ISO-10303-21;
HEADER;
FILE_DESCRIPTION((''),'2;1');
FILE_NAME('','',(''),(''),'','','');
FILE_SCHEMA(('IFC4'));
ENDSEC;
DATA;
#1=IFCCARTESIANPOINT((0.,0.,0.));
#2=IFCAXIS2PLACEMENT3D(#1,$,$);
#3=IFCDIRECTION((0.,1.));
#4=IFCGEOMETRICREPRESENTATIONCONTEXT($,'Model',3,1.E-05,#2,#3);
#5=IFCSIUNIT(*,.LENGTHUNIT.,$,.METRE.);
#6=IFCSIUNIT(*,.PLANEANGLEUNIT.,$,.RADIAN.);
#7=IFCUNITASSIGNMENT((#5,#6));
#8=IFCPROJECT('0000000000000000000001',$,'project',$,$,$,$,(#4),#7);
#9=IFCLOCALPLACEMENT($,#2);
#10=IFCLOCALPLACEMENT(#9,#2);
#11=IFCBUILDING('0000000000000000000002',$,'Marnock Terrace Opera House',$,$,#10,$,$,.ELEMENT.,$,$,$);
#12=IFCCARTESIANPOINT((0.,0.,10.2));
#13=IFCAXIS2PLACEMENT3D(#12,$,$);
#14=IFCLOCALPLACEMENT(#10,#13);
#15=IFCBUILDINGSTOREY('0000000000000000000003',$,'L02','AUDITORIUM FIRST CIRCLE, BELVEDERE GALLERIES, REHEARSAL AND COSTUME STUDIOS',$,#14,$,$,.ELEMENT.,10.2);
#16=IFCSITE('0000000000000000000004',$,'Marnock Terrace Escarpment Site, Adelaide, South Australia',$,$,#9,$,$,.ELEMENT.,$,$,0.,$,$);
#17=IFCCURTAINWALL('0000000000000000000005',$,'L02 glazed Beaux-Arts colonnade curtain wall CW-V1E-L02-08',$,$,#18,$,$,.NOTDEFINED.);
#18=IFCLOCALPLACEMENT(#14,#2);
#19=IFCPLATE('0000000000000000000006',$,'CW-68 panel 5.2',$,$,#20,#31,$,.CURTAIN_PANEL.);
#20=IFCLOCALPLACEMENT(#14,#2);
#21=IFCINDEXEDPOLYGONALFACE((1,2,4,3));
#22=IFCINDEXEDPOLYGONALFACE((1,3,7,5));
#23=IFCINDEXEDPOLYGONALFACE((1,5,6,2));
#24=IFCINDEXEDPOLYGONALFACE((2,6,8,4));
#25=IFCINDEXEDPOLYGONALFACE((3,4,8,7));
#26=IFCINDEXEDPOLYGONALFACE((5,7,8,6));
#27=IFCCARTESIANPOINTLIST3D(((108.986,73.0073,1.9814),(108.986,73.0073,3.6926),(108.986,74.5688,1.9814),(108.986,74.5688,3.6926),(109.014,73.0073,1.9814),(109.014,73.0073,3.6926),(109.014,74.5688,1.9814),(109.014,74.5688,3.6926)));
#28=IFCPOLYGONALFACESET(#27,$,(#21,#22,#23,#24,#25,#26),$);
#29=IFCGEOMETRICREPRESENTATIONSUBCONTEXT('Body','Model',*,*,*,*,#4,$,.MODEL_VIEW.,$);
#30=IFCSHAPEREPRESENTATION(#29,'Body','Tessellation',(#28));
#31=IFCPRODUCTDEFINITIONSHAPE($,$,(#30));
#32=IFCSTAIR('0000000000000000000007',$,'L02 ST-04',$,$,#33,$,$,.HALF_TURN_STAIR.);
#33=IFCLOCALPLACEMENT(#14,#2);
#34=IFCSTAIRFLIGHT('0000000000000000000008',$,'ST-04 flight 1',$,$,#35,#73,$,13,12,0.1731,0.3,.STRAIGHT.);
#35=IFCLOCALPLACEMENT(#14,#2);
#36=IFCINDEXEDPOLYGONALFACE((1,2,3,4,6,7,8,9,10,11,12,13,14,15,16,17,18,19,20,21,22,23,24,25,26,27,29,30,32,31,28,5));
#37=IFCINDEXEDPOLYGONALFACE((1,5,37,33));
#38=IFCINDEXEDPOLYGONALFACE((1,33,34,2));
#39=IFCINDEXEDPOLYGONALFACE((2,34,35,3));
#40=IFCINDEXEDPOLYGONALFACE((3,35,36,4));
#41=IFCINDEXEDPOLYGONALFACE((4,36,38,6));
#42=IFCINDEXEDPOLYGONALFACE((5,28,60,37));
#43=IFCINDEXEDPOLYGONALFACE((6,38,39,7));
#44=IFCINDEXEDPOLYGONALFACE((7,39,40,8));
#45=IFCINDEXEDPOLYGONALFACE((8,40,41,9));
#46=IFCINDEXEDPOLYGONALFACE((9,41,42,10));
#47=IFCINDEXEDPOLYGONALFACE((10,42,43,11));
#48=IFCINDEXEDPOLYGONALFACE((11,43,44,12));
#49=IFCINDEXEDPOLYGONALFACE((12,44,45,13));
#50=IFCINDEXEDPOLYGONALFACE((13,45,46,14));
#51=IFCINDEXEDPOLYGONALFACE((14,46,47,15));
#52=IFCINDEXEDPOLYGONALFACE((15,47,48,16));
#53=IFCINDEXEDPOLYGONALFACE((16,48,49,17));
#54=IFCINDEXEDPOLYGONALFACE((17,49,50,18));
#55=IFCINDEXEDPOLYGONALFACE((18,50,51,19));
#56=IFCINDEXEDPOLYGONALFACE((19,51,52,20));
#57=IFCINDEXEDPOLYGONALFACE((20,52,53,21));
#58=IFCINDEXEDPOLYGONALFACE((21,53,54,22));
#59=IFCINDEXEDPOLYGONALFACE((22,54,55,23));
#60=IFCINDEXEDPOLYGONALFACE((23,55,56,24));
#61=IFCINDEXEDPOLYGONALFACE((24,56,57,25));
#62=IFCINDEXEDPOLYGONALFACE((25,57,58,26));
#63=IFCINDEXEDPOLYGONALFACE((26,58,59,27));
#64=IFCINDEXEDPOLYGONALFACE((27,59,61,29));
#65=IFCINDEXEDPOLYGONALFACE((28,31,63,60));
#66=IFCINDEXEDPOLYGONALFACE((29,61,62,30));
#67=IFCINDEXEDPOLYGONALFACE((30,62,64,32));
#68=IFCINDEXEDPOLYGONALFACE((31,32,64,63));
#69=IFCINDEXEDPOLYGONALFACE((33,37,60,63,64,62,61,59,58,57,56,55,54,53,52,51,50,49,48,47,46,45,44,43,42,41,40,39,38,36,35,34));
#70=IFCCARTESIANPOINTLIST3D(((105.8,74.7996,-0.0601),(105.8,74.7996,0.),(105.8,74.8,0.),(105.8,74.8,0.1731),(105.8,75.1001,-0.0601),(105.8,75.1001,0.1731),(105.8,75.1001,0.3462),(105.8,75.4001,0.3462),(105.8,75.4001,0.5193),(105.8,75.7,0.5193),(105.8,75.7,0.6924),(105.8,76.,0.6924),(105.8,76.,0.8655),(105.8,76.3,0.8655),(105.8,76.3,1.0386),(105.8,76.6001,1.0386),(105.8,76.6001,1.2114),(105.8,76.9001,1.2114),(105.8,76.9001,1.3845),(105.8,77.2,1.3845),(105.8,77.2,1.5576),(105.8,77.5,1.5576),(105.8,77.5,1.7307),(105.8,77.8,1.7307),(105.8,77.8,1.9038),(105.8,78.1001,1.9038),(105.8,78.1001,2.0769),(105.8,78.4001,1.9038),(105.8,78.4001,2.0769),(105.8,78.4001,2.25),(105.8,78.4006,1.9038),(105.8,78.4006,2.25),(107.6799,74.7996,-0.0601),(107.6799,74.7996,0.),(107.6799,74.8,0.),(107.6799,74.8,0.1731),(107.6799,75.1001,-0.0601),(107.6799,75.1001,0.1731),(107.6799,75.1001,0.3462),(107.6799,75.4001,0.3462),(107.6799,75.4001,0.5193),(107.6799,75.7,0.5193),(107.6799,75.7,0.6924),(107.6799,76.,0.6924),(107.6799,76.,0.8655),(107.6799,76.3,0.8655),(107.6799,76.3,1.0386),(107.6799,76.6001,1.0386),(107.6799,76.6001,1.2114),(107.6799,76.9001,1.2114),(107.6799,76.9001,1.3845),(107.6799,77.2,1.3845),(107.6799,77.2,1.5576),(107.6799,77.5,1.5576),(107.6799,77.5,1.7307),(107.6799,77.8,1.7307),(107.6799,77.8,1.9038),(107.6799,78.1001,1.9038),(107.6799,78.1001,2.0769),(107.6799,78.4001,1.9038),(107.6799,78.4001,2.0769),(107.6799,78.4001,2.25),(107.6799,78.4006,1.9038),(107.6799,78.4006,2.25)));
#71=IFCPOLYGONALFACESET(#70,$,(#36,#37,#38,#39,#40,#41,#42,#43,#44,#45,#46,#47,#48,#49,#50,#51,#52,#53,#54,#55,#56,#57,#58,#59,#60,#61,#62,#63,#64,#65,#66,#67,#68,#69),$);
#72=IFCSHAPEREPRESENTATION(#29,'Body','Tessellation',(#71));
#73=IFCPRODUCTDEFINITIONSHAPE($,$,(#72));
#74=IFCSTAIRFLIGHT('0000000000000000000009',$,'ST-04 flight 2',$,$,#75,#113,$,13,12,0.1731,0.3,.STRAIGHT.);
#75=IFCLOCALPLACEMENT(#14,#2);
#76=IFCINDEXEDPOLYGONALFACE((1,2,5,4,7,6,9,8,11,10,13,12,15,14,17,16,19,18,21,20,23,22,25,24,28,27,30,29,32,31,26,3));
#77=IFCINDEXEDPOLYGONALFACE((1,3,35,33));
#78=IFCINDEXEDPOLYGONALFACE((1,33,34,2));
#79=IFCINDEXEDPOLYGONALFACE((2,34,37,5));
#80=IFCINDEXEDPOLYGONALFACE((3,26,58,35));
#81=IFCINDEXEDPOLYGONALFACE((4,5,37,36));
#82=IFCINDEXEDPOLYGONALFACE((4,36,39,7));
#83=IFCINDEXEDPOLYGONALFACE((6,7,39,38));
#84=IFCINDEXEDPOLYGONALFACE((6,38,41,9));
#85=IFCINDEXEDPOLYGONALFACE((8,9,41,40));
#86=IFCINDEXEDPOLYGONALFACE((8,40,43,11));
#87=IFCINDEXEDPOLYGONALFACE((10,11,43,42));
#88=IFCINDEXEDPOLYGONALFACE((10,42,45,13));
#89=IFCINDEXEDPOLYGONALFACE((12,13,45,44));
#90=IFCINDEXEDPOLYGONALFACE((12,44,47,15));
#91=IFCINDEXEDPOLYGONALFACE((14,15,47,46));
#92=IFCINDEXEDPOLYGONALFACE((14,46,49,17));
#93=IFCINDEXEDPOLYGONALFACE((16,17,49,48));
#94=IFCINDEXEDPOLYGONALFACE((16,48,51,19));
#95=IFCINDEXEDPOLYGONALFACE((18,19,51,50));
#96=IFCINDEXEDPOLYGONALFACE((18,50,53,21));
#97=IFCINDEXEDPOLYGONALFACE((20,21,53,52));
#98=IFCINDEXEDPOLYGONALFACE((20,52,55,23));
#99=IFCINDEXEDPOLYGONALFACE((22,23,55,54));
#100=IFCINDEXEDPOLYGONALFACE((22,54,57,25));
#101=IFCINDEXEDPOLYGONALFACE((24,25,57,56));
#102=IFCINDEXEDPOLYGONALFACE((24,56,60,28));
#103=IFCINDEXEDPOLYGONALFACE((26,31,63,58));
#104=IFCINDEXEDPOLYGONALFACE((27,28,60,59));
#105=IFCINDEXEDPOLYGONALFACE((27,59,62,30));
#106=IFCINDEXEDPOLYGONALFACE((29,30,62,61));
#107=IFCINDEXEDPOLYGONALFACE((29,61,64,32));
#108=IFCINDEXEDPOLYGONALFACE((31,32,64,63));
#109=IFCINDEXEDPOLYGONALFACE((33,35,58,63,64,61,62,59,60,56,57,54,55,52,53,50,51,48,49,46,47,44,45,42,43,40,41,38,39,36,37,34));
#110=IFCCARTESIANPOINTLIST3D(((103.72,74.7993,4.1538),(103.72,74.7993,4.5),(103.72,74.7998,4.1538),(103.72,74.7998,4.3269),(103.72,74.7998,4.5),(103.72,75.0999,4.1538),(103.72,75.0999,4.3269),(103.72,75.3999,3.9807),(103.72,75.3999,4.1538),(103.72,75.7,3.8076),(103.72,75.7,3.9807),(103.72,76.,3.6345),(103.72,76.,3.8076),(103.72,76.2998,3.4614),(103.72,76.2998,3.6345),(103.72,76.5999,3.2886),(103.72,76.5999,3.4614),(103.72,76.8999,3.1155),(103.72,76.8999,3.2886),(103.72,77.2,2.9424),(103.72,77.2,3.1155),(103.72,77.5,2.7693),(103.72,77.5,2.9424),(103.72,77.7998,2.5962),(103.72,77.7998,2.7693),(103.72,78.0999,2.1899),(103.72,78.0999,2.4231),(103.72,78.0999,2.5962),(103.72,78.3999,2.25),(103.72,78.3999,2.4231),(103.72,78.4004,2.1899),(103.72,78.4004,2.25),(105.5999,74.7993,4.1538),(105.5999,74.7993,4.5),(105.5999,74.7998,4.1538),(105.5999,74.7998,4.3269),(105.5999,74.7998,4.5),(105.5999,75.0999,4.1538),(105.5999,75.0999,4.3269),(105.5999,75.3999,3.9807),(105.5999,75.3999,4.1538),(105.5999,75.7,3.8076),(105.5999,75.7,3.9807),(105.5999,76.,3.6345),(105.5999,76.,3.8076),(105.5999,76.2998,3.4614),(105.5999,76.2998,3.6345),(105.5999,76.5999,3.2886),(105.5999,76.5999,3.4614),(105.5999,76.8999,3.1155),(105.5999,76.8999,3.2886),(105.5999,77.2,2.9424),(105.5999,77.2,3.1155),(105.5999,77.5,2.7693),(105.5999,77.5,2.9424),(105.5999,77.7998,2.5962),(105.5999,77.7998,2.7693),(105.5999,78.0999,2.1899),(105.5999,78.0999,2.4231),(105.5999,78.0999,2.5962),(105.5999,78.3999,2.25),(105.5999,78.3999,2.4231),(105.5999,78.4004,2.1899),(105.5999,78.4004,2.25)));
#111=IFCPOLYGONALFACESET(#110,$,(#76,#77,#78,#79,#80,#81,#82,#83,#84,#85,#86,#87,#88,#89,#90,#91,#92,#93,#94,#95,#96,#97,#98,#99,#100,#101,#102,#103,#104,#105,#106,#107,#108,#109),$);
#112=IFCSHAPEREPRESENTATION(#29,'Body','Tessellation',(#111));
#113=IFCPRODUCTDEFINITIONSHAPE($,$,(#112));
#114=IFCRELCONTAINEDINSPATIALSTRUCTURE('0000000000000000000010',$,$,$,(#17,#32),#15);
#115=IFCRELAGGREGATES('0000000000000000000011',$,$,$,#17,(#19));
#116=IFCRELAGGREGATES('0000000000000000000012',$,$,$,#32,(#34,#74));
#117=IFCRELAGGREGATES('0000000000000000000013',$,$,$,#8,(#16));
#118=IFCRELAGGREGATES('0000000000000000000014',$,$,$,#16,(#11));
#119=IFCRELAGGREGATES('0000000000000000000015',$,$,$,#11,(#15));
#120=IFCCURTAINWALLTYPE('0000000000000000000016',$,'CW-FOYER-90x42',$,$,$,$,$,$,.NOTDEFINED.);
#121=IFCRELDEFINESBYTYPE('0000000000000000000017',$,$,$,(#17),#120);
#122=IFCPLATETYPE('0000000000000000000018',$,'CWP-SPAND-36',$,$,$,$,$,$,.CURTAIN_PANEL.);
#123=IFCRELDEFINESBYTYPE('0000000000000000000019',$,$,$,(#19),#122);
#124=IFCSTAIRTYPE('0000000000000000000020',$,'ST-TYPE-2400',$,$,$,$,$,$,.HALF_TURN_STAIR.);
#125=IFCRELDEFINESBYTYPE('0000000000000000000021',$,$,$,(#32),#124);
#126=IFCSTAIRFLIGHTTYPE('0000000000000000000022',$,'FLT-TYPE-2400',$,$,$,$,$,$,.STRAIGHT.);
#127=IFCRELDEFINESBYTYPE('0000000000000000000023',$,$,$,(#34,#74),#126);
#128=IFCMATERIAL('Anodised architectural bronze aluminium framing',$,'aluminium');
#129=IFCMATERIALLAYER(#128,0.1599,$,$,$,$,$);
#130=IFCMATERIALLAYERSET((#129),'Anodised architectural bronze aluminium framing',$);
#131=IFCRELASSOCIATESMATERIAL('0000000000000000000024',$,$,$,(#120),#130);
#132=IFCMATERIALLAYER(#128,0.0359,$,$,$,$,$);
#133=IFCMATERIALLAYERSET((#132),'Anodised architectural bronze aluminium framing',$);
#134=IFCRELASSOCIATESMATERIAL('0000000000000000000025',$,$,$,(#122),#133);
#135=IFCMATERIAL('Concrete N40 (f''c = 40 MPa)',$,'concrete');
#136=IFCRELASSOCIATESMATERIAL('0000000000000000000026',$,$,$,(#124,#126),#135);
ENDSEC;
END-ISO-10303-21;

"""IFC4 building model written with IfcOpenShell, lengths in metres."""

from ifc_helpers import new_model, si_unit, direction, frame, origin, origin_2d, place, context, subcontext, project, spatial, polyline, rectangle, outline, extrude, material, layer, layer_set, type_object, element, aggregate, save


model = new_model("IFC4")

# Units and contexts
model_context = context("Model", 3, precision=1e-05, world=origin(), true_north=direction((0.0, 1.0)))
body_context = subcontext(model_context, "Body", "Model", "MODEL_VIEW")
ifc_project = project(units=[si_unit("LENGTHUNIT", "METRE"), si_unit("PLANEANGLEUNIT", "RADIAN")], contexts=[model_context])

# Site, building, storey
site_placement = place(None, origin())
site = spatial("IfcSite", under=ifc_project, at=site_placement, Name="Marnock Terrace Escarpment Site, Adelaide, South Australia", CompositionType="ELEMENT", RefElevation=0.0)
building_placement = place(site_placement, origin())
building = spatial("IfcBuilding", under=site, at=building_placement, Name="Marnock Terrace Opera House", CompositionType="ELEMENT")
storey_placement = place(building_placement, frame((0.0, 0.0, 10.2)))
storey = spatial("IfcBuildingStorey", under=building, at=storey_placement, Name="L02", Description="AUDITORIUM FIRST CIRCLE, BELVEDERE GALLERIES, REHEARSAL AND COSTUME STUDIOS", CompositionType="ELEMENT", Elevation=10.2)

# Curtain wall
ifc_material_1 = material(Name="Anodised architectural bronze aluminium framing", Category="aluminium")
ifc_layer_1 = layer(ifc_material_1, 0.1599)
ifc_layer_set_1 = layer_set([ifc_layer_1], Name="Anodised architectural bronze aluminium framing")
curtain_wall_type = type_object("IfcCurtainWallType", Name="CW-FOYER-90x42", PredefinedType="NOTDEFINED", material=ifc_layer_set_1)
curtain_wall_1_placement = place(storey_placement, origin())
curtain_wall_1 = element("IfcCurtainWall", 1, at=curtain_wall_1_placement, inside=storey, type_object=curtain_wall_type, Name="L02 glazed Beaux-Arts colonnade curtain wall CW-V1E-L02-08", PredefinedType="NOTDEFINED")

# Plate
ifc_layer_2 = layer(ifc_material_1, 0.0359)
ifc_layer_set_2 = layer_set([ifc_layer_2], Name="Anodised architectural bronze aluminium framing")
plate_type_1 = type_object("IfcPlateType", Name="CWP-SPAND-36", PredefinedType="CURTAIN_PANEL", material=ifc_layer_set_2)
plate_1_placement = place(storey_placement, frame((109.0, 73.7881, 1.9814), z_axis=(0.0, 0.0, 1.0), x_axis=(0.0, 1.0, 0.0)))
plate_1 = element("IfcPlate", 2, at=plate_1_placement, type_object=plate_type_1, Name="CW-68 panel 5.2", PredefinedType="CURTAIN_PANEL", context=body_context, shape_type="SweptSolid", body=[
    extrude(rectangle(XDim=1.5615, YDim=0.0281, at=origin_2d()), origin(), (0.0, 0.0, 1.0), 1.7112),
])
aggregate(curtain_wall_1, [plate_1])

# Stair, stair flights
ifc_material_2 = material(Name="Concrete N40 (f'c = 40 MPa)", Category="concrete")
stair_type = type_object("IfcStairType", Name="ST-TYPE-2400", PredefinedType="HALF_TURN_STAIR", material=ifc_material_2)
stair_placement = place(storey_placement, origin())
stair = element("IfcStair", 3, at=stair_placement, inside=storey, type_object=stair_type, Name="L02 ST-04", PredefinedType="HALF_TURN_STAIR")
stair_flight_type = type_object("IfcStairFlightType", Name="FLT-TYPE-2400", PredefinedType="STRAIGHT", material=ifc_material_2)
stair_flight_1_placement = place(storey_placement, frame((106.74, 74.8, 0.0), z_axis=(0.0, 0.0, 1.0), x_axis=(0.0, 1.0, 0.0)))
stair_flight_1 = element("IfcStairFlight", 4, at=stair_flight_1_placement, type_object=stair_flight_type, Name="ST-04 flight 1", NumberOfRisers=13, NumberOfTreads=12, PredefinedType="STRAIGHT", RiserHeight=0.1731, TreadLength=0.3, context=body_context, shape_type="SweptSolid", body=[
    extrude(outline(polyline([(-0.0005, -0.0601), (-0.0005, 0.0), (0.0, 0.0), (0.0, 0.1731), (0.3, 0.1731), (0.3, 0.3462), (0.6001, 0.3462), (0.6001, 0.5193), (0.8999, 0.5193), (0.8999, 0.6924), (1.2, 0.6924), (1.2, 0.8655), (1.5, 0.8655), (1.5, 1.0386), (1.8, 1.0386), (1.8, 1.2114), (2.1001, 1.2114), (2.1001, 1.3845), (2.3999, 1.3845), (2.3999, 1.5576), (2.7, 1.5576), (2.7, 1.7307), (3.0, 1.7307), (3.0, 1.9038), (3.3, 1.9038), (3.3, 2.0769), (3.6001, 2.0769), (3.6001, 2.25), (3.6006, 2.25), (3.6006, 1.9038), (3.6001, 1.9038), (0.3, -0.0601), (-0.0005, -0.0601)])), frame((0.0, 0.9399, 0.0), z_axis=(0.0, -1.0, 0.0), x_axis=(1.0, 0.0, 0.0)), (0.0, 0.0, 1.0), 1.8799),
])
stair_flight_2_placement = place(storey_placement, frame((104.6599, 78.3999, 2.25), z_axis=(0.0, 0.0, 1.0), x_axis=(0.0, -1.0, 0.0)))
stair_flight_2 = element("IfcStairFlight", 5, at=stair_flight_2_placement, type_object=stair_flight_type, Name="ST-04 flight 2", NumberOfRisers=13, NumberOfTreads=12, PredefinedType="STRAIGHT", RiserHeight=0.1731, TreadLength=0.3, context=body_context, shape_type="SweptSolid", body=[
    extrude(outline(polyline([(-0.0005, -0.0601), (-0.0005, 0.0), (0.0, 0.0), (0.0, 0.1731), (0.3, 0.1731), (0.3, 0.3462), (0.6001, 0.3462), (0.6001, 0.5193), (0.8999, 0.5193), (0.8999, 0.6924), (1.2, 0.6924), (1.2, 0.8655), (1.5, 0.8655), (1.5, 1.0386), (1.8, 1.0386), (1.8, 1.2114), (2.1001, 1.2114), (2.1001, 1.3845), (2.3999, 1.3845), (2.3999, 1.5576), (2.7, 1.5576), (2.7, 1.7307), (3.0, 1.7307), (3.0, 1.9038), (3.3, 1.9038), (3.3, 2.0769), (3.6001, 2.0769), (3.6001, 2.25), (3.6006, 2.25), (3.6006, 1.9038), (3.6001, 1.9038), (0.3, -0.0601), (-0.0005, -0.0601)])), frame((0.0, 0.9399, 0.0), z_axis=(0.0, -1.0, 0.0), x_axis=(1.0, 0.0, 0.0)), (0.0, 0.0, 1.0), 1.8799),
])
aggregate(stair, [stair_flight_1, stair_flight_2])

save(model, "model.ifc")
